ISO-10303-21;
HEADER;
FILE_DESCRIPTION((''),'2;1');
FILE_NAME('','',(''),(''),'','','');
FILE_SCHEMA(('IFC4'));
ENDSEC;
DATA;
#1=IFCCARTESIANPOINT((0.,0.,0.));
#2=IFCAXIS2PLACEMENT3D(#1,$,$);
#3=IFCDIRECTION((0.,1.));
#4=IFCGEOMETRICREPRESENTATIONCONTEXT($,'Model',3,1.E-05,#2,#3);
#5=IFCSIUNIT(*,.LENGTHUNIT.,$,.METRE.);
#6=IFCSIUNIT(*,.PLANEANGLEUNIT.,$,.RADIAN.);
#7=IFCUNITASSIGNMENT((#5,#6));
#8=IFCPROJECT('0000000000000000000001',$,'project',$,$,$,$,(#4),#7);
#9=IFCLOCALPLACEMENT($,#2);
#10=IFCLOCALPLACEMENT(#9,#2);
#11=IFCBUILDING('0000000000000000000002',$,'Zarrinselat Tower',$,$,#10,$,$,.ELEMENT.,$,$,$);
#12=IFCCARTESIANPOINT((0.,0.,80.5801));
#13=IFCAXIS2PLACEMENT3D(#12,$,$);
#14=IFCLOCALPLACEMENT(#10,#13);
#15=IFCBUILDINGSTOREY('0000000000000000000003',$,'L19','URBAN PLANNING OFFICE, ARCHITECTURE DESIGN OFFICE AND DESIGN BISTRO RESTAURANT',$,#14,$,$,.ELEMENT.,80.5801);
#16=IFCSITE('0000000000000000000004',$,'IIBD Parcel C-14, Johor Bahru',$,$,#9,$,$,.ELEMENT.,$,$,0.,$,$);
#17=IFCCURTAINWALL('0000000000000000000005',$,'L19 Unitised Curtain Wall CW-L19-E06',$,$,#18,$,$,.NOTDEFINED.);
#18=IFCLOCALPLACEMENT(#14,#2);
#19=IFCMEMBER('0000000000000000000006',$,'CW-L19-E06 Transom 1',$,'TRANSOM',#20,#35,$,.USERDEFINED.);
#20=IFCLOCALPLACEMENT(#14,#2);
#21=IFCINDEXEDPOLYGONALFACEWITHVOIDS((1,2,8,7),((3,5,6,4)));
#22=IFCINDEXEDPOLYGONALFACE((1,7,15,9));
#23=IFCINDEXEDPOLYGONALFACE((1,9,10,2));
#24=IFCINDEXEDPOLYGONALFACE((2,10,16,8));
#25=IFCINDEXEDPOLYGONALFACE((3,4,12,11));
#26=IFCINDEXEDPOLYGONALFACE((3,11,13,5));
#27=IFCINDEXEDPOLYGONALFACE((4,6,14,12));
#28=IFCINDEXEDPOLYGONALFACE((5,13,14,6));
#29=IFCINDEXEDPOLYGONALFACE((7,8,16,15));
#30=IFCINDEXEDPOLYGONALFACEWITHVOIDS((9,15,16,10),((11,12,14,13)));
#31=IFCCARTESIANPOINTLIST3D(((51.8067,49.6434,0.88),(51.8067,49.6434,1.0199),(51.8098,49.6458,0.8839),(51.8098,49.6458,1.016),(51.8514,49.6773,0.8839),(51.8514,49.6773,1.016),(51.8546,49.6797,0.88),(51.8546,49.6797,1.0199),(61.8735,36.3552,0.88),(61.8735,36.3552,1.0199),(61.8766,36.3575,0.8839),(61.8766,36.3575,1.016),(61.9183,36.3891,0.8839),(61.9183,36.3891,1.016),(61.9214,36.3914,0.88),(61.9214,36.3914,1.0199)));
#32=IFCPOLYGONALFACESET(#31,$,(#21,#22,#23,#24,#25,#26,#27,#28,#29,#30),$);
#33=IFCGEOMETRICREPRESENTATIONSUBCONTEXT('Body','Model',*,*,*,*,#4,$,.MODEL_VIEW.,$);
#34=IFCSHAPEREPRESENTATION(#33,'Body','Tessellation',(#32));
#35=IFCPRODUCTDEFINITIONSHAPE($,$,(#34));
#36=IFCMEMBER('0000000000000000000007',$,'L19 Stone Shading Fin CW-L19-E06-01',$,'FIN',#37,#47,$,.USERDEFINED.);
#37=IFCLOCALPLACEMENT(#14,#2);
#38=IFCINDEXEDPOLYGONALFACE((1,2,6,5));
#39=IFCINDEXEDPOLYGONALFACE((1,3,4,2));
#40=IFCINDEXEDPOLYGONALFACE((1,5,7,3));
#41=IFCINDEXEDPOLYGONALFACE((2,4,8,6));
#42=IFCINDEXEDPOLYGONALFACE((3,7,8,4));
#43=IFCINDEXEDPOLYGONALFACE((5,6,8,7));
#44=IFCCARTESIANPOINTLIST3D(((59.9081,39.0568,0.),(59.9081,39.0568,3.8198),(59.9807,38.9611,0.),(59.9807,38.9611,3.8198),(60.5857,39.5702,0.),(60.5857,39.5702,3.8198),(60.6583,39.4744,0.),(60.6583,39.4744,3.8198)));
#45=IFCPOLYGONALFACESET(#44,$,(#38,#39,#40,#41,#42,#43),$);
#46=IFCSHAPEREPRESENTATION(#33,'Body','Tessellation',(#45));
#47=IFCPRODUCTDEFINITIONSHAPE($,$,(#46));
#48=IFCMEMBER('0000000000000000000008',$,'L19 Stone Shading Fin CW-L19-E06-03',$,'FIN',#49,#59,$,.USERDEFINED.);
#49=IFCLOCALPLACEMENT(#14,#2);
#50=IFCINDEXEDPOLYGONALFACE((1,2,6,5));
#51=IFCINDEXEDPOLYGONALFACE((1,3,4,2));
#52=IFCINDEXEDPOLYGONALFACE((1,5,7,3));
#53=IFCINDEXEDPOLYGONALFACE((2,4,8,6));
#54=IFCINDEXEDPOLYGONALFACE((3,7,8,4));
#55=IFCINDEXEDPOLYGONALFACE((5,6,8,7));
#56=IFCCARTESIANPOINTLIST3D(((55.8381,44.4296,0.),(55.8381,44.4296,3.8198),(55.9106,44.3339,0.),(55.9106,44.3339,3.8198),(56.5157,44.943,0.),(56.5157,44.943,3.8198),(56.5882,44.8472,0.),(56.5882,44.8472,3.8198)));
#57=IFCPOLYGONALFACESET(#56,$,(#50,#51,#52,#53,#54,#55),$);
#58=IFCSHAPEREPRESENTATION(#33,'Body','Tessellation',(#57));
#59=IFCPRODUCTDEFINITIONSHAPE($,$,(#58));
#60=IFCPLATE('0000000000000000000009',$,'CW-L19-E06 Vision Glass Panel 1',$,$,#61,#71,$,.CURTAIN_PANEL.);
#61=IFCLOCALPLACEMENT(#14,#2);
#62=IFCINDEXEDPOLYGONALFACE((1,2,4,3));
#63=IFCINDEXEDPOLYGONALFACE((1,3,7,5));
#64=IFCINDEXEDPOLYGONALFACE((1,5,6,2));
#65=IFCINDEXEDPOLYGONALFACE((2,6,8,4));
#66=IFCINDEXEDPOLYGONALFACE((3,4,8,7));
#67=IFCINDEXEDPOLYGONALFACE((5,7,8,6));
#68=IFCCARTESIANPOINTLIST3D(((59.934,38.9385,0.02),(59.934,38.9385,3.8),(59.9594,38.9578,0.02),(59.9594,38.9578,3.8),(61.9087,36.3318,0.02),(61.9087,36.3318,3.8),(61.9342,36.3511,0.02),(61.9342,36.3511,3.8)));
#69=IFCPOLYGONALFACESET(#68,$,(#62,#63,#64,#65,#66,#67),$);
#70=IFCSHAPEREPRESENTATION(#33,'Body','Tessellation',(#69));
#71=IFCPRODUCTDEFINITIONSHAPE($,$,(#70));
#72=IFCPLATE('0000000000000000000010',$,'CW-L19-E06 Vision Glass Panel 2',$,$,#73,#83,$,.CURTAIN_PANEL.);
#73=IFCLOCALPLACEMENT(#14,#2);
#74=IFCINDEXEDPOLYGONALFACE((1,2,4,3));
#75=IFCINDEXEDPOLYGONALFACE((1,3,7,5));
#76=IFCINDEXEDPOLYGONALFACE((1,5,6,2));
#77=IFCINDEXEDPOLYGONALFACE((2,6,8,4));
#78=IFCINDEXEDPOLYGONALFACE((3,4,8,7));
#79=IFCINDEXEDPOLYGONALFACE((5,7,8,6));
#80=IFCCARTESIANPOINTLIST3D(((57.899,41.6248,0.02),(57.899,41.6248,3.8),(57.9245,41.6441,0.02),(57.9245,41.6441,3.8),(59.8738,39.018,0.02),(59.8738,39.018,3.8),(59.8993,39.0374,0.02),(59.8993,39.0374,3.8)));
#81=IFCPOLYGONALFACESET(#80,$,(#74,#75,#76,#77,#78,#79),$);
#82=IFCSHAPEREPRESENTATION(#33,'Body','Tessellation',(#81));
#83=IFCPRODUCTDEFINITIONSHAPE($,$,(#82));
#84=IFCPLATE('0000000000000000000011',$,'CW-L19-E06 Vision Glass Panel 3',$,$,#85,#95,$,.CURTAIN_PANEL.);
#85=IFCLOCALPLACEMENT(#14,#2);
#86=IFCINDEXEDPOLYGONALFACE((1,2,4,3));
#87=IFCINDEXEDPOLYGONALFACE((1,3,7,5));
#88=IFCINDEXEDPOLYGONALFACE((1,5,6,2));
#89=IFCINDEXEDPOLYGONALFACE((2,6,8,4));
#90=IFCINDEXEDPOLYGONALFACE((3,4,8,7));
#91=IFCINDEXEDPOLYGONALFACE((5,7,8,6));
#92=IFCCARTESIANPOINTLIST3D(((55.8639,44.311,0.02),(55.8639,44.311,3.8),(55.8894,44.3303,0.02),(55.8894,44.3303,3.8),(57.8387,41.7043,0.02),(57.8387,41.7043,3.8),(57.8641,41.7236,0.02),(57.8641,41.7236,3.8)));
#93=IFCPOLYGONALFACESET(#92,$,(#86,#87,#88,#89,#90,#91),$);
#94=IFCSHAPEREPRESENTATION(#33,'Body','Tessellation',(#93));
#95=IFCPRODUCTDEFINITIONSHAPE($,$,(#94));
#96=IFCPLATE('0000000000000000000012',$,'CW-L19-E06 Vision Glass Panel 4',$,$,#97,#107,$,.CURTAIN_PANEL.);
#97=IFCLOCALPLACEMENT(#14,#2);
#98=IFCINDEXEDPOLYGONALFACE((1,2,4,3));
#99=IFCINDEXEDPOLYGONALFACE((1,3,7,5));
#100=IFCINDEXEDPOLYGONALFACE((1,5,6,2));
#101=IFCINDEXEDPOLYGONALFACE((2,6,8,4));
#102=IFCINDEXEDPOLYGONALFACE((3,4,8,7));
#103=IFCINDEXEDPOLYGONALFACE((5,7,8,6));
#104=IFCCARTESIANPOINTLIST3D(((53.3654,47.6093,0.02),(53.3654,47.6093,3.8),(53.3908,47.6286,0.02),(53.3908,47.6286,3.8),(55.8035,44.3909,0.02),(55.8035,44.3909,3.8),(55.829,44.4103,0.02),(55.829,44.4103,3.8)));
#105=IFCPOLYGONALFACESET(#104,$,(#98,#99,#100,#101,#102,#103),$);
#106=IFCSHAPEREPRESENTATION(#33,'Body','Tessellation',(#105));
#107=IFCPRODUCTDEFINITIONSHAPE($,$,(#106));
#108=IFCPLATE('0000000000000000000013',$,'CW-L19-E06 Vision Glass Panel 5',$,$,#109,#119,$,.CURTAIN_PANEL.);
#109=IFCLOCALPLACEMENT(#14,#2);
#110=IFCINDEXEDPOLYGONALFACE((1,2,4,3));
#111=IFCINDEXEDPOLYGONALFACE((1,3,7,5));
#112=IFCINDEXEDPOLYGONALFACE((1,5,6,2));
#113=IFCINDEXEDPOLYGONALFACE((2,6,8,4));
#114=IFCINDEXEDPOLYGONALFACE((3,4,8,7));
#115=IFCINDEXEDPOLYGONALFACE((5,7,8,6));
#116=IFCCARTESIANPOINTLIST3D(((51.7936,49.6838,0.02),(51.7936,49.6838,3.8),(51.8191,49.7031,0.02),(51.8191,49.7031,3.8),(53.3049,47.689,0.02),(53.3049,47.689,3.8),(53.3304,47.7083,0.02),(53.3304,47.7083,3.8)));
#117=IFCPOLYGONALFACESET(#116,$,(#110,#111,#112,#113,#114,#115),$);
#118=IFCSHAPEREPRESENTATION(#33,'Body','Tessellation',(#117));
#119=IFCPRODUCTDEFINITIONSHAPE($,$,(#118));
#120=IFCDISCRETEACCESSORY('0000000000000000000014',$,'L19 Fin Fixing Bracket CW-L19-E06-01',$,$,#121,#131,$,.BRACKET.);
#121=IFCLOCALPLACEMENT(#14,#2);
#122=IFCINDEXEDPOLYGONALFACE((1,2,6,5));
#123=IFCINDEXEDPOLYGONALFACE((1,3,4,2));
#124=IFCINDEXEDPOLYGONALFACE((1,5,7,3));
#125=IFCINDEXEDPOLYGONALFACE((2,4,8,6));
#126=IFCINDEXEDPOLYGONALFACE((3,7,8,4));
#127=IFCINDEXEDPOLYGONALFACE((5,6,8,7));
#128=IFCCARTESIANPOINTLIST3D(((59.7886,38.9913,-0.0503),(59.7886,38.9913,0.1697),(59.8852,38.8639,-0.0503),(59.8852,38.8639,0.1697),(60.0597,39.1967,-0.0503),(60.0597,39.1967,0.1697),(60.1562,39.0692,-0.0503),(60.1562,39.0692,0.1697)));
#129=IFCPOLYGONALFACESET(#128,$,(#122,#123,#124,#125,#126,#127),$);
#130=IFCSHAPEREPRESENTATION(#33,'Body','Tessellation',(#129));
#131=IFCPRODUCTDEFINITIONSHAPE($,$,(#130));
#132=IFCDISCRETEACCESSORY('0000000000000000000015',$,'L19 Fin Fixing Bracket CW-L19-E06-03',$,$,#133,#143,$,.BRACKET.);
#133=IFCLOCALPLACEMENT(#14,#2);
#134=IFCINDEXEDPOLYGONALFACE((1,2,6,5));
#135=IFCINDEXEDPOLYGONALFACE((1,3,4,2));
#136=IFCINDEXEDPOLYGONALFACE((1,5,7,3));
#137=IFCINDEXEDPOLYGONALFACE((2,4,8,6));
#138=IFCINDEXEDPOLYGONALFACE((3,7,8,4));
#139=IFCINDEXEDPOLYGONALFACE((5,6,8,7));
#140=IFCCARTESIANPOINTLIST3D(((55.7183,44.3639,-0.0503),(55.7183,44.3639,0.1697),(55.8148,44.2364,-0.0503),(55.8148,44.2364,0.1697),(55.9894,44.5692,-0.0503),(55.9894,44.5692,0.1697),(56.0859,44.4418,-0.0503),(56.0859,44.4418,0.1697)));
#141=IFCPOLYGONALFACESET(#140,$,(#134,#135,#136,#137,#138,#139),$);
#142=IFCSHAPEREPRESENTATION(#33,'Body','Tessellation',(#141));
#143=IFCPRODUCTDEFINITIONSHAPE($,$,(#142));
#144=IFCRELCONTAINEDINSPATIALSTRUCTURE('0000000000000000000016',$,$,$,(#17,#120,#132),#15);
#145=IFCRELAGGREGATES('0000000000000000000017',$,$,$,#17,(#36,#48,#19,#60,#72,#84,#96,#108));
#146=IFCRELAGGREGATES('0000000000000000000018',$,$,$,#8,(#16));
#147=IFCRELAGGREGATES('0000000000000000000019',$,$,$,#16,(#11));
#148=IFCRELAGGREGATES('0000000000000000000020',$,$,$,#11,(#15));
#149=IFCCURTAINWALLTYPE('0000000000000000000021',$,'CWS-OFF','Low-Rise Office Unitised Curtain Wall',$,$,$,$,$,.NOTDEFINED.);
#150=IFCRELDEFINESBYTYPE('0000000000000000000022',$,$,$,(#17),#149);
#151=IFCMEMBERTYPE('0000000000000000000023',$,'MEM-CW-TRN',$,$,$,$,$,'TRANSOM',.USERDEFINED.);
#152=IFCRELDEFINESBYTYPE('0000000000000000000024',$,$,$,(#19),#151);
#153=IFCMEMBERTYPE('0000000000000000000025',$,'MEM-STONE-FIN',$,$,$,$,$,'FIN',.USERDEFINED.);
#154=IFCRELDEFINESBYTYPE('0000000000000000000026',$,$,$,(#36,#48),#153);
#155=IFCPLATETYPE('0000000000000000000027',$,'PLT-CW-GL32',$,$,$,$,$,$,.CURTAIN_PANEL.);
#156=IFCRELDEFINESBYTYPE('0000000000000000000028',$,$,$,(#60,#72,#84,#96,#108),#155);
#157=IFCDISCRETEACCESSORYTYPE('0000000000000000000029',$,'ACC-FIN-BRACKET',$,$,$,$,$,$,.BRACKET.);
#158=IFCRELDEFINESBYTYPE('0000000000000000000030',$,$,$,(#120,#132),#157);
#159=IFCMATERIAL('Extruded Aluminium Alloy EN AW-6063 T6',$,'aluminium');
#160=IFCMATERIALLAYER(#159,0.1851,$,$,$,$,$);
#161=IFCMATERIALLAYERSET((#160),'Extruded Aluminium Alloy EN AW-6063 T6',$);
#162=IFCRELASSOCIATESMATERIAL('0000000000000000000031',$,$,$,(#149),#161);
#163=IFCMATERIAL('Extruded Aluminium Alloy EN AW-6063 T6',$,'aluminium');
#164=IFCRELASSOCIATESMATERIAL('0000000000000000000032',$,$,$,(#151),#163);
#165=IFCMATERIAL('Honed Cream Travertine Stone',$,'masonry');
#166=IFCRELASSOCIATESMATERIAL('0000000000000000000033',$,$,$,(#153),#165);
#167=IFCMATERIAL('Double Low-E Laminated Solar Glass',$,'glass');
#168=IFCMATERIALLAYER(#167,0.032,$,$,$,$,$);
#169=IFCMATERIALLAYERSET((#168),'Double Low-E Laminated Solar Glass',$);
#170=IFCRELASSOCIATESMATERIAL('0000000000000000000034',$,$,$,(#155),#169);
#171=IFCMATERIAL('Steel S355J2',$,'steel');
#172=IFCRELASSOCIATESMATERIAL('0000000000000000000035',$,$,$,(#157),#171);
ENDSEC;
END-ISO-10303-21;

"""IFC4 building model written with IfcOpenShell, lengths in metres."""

from ifc_helpers import new_model, si_unit, direction, frame, origin, origin_2d, place, context, subcontext, project, spatial, rectangle, hollow_rectangle, extrude, material, layer, layer_set, material_profile, profile_set, type_object, element, aggregate, save


model = new_model("IFC4")

# Units and contexts
model_context = context("Model", 3, precision=1e-05, world=origin(), true_north=direction((0.0, 1.0)))
body_context = subcontext(model_context, "Body", "Model", "MODEL_VIEW")
ifc_project = project(units=[si_unit("LENGTHUNIT", "METRE"), si_unit("PLANEANGLEUNIT", "RADIAN")], contexts=[model_context])

# Site, building, storey
site_placement = place(None, origin())
site = spatial("IfcSite", under=ifc_project, at=site_placement, Name="IIBD Parcel C-14, Johor Bahru", CompositionType="ELEMENT", RefElevation=0.0)
building_placement = place(site_placement, origin())
building = spatial("IfcBuilding", under=site, at=building_placement, Name="Zarrinselat Tower", CompositionType="ELEMENT")
storey_placement = place(building_placement, frame((0.0, 0.0, 80.5801)))
storey = spatial("IfcBuildingStorey", under=building, at=storey_placement, Name="L19", Description="URBAN PLANNING OFFICE, ARCHITECTURE DESIGN OFFICE AND DESIGN BISTRO RESTAURANT", CompositionType="ELEMENT", Elevation=80.5801)

# Shared definitions
ifc_material_1 = material(Name="Extruded Aluminium Alloy EN AW-6063 T6", Category="aluminium")
ifc_layer_1 = layer(ifc_material_1, 0.1851)
ifc_layer_set_1 = layer_set([ifc_layer_1], Name="Extruded Aluminium Alloy EN AW-6063 T6")
curtain_wall_type = type_object("IfcCurtainWallType", Name="CWS-OFF", Description="Low-Rise Office Unitised Curtain Wall", PredefinedType="NOTDEFINED", material=ifc_layer_set_1)

# Curtain wall
curtain_wall_1_placement = place(storey_placement, origin())
curtain_wall_1 = element("IfcCurtainWall", 1, at=curtain_wall_1_placement, inside=storey, type_object=curtain_wall_type, Name="L19 Unitised Curtain Wall CW-L19-E06", PredefinedType="NOTDEFINED")

# Members
ifc_material_2 = material(Name="Extruded Aluminium Alloy EN AW-6063 T6", Category="aluminium")
ifc_material_profile_1 = material_profile(ifc_material_2, hollow_rectangle(XDim=0.0601, YDim=0.1399, WallThickness=0.0039, at=origin_2d()), Name="RHS 140x60x4")
ifc_profile_set_1 = profile_set([ifc_material_profile_1], Name="Extruded Aluminium Alloy EN AW-6063 T6")
member_type_1 = type_object("IfcMemberType", Name="MEM-CW-TRN", ElementType="TRANSOM", PredefinedType="USERDEFINED", material=ifc_profile_set_1)
member_1_placement = place(storey_placement, frame((61.8975, 36.3733, 0.95), z_axis=(-0.603857, 0.797093, 0.0), x_axis=(-0.797093, -0.603857, 0.0)))
member_1 = element("IfcMember", 2, at=member_1_placement, type_object=member_type_1, Name="CW-L19-E06 Transom 1", ObjectType="TRANSOM", PredefinedType="USERDEFINED", context=body_context, shape_type="SweptSolid", body=[
    extrude(hollow_rectangle(XDim=0.0601, YDim=0.1399, WallThickness=0.0039, at=origin_2d()), origin(), (0.0, 0.0, 1.0), 16.6709),
])
ifc_material_3 = material(Name="Honed Cream Travertine Stone", Category="masonry")
ifc_material_profile_2 = material_profile(ifc_material_3, rectangle(XDim=0.1201, YDim=0.8501, at=origin_2d()), Name="FIN 850x120")
ifc_profile_set_2 = profile_set([ifc_material_profile_2], Name="Honed Cream Travertine Stone")
member_type_2 = type_object("IfcMemberType", Name="MEM-STONE-FIN", ElementType="FIN", PredefinedType="USERDEFINED", material=ifc_profile_set_2)
member_2_placement = place(storey_placement, frame((60.2832, 39.2656, 0.0), z_axis=(0.0, 0.0, 1.0), x_axis=(0.603857, -0.797093, 0.0)))
member_2 = element("IfcMember", 3, at=member_2_placement, type_object=member_type_2, Name="L19 Stone Shading Fin CW-L19-E06-01", ObjectType="FIN", PredefinedType="USERDEFINED", context=body_context, shape_type="SweptSolid", body=[
    extrude(rectangle(XDim=0.1201, YDim=0.8501, at=origin_2d()), origin(), (0.0, 0.0, 1.0), 3.8198),
])
member_3_placement = place(storey_placement, frame((56.2131, 44.6384, 0.0), z_axis=(0.0, 0.0, 1.0), x_axis=(0.603857, -0.797093, 0.0)))
member_3 = element("IfcMember", 4, at=member_3_placement, type_object=member_type_2, Name="L19 Stone Shading Fin CW-L19-E06-03", ObjectType="FIN", PredefinedType="USERDEFINED", context=body_context, shape_type="SweptSolid", body=[
    extrude(rectangle(XDim=0.1201, YDim=0.8501, at=origin_2d()), origin(), (0.0, 0.0, 1.0), 3.8198),
])

# Plates
ifc_material_4 = material(Name="Double Low-E Laminated Solar Glass", Category="glass")
ifc_layer_2 = layer(ifc_material_4, 0.032)
ifc_layer_set_2 = layer_set([ifc_layer_2], Name="Double Low-E Laminated Solar Glass")
plate_type = type_object("IfcPlateType", Name="PLT-CW-GL32", PredefinedType="CURTAIN_PANEL", material=ifc_layer_set_2)
plate_1_placement = place(storey_placement, frame((60.9341, 37.6448, 0.02), z_axis=(0.0, 0.0, 1.0), x_axis=(-0.603857, 0.797093, 0.0)))
plate_1 = element("IfcPlate", 5, at=plate_1_placement, type_object=plate_type, Name="CW-L19-E06 Vision Glass Panel 1", PredefinedType="CURTAIN_PANEL", context=body_context, shape_type="SweptSolid", body=[
    extrude(rectangle(XDim=3.2703, YDim=0.032, at=origin_2d()), origin(), (0.0, 0.0, 1.0), 3.78),
])
plate_2_placement = place(storey_placement, frame((58.8992, 40.3311, 0.02), z_axis=(0.0, 0.0, 1.0), x_axis=(-0.603857, 0.797093, 0.0)))
plate_2 = element("IfcPlate", 6, at=plate_2_placement, type_object=plate_type, Name="CW-L19-E06 Vision Glass Panel 2", PredefinedType="CURTAIN_PANEL", context=body_context, shape_type="SweptSolid", body=[
    extrude(rectangle(XDim=3.2703, YDim=0.032, at=origin_2d()), origin(), (0.0, 0.0, 1.0), 3.78),
])
plate_3_placement = place(storey_placement, frame((56.864, 43.0173, 0.02), z_axis=(0.0, 0.0, 1.0), x_axis=(-0.603857, 0.797093, 0.0)))
plate_3 = element("IfcPlate", 7, at=plate_3_placement, type_object=plate_type, Name="CW-L19-E06 Vision Glass Panel 3", PredefinedType="CURTAIN_PANEL", context=body_context, shape_type="SweptSolid", body=[
    extrude(rectangle(XDim=3.2703, YDim=0.032, at=origin_2d()), origin(), (0.0, 0.0, 1.0), 3.78),
])
plate_4_placement = place(storey_placement, frame((54.5972, 46.0098, 0.02), z_axis=(0.0, 0.0, 1.0), x_axis=(-0.603857, 0.797093, 0.0)))
plate_4 = element("IfcPlate", 8, at=plate_4_placement, type_object=plate_type, Name="CW-L19-E06 Vision Glass Panel 4", PredefinedType="CURTAIN_PANEL", context=body_context, shape_type="SweptSolid", body=[
    extrude(rectangle(XDim=4.0376, YDim=0.032, at=origin_2d()), origin(), (0.0, 0.0, 1.0), 3.78),
])
plate_5_placement = place(storey_placement, frame((52.562, 48.696, 0.02), z_axis=(0.0, 0.0, 1.0), x_axis=(-0.603857, 0.797093, 0.0)))
plate_5 = element("IfcPlate", 9, at=plate_5_placement, type_object=plate_type, Name="CW-L19-E06 Vision Glass Panel 5", PredefinedType="CURTAIN_PANEL", context=body_context, shape_type="SweptSolid", body=[
    extrude(rectangle(XDim=2.5027, YDim=0.032, at=origin_2d()), origin(), (0.0, 0.0, 1.0), 3.78),
])
aggregate(curtain_wall_1, [member_2, member_3, member_1, plate_1, plate_2, plate_3, plate_4, plate_5])

# Discrete accessories
ifc_material_5 = material(Name="Steel S355J2", Category="steel")
discrete_accessory_type = type_object("IfcDiscreteAccessoryType", Name="ACC-FIN-BRACKET", PredefinedType="BRACKET", material=ifc_material_5)
for number, where, z_axis, x_axis, name in (
    (10, (59.9724, 39.0303, -0.0503), (0.0, 0.0, 1.0), (0.797093, 0.603857, 0.0), "L19 Fin Fixing Bracket CW-L19-E06-01"),
    (11, (55.9021, 44.4028, -0.0503), (0.0, 0.0, 1.0), (0.797093, 0.603857, 0.0), "L19 Fin Fixing Bracket CW-L19-E06-03"),
):
    element("IfcDiscreteAccessory", number, at=place(storey_placement, frame(where, z_axis=z_axis, x_axis=x_axis)), inside=storey, type_object=discrete_accessory_type, Name=name, PredefinedType="BRACKET", context=body_context, shape_type="SweptSolid", body=[
        extrude(rectangle(XDim=0.3401, YDim=0.1599, at=origin_2d()), origin(), (0.0, 0.0, 1.0), 0.22),
    ])

save(model, "model.ifc")
